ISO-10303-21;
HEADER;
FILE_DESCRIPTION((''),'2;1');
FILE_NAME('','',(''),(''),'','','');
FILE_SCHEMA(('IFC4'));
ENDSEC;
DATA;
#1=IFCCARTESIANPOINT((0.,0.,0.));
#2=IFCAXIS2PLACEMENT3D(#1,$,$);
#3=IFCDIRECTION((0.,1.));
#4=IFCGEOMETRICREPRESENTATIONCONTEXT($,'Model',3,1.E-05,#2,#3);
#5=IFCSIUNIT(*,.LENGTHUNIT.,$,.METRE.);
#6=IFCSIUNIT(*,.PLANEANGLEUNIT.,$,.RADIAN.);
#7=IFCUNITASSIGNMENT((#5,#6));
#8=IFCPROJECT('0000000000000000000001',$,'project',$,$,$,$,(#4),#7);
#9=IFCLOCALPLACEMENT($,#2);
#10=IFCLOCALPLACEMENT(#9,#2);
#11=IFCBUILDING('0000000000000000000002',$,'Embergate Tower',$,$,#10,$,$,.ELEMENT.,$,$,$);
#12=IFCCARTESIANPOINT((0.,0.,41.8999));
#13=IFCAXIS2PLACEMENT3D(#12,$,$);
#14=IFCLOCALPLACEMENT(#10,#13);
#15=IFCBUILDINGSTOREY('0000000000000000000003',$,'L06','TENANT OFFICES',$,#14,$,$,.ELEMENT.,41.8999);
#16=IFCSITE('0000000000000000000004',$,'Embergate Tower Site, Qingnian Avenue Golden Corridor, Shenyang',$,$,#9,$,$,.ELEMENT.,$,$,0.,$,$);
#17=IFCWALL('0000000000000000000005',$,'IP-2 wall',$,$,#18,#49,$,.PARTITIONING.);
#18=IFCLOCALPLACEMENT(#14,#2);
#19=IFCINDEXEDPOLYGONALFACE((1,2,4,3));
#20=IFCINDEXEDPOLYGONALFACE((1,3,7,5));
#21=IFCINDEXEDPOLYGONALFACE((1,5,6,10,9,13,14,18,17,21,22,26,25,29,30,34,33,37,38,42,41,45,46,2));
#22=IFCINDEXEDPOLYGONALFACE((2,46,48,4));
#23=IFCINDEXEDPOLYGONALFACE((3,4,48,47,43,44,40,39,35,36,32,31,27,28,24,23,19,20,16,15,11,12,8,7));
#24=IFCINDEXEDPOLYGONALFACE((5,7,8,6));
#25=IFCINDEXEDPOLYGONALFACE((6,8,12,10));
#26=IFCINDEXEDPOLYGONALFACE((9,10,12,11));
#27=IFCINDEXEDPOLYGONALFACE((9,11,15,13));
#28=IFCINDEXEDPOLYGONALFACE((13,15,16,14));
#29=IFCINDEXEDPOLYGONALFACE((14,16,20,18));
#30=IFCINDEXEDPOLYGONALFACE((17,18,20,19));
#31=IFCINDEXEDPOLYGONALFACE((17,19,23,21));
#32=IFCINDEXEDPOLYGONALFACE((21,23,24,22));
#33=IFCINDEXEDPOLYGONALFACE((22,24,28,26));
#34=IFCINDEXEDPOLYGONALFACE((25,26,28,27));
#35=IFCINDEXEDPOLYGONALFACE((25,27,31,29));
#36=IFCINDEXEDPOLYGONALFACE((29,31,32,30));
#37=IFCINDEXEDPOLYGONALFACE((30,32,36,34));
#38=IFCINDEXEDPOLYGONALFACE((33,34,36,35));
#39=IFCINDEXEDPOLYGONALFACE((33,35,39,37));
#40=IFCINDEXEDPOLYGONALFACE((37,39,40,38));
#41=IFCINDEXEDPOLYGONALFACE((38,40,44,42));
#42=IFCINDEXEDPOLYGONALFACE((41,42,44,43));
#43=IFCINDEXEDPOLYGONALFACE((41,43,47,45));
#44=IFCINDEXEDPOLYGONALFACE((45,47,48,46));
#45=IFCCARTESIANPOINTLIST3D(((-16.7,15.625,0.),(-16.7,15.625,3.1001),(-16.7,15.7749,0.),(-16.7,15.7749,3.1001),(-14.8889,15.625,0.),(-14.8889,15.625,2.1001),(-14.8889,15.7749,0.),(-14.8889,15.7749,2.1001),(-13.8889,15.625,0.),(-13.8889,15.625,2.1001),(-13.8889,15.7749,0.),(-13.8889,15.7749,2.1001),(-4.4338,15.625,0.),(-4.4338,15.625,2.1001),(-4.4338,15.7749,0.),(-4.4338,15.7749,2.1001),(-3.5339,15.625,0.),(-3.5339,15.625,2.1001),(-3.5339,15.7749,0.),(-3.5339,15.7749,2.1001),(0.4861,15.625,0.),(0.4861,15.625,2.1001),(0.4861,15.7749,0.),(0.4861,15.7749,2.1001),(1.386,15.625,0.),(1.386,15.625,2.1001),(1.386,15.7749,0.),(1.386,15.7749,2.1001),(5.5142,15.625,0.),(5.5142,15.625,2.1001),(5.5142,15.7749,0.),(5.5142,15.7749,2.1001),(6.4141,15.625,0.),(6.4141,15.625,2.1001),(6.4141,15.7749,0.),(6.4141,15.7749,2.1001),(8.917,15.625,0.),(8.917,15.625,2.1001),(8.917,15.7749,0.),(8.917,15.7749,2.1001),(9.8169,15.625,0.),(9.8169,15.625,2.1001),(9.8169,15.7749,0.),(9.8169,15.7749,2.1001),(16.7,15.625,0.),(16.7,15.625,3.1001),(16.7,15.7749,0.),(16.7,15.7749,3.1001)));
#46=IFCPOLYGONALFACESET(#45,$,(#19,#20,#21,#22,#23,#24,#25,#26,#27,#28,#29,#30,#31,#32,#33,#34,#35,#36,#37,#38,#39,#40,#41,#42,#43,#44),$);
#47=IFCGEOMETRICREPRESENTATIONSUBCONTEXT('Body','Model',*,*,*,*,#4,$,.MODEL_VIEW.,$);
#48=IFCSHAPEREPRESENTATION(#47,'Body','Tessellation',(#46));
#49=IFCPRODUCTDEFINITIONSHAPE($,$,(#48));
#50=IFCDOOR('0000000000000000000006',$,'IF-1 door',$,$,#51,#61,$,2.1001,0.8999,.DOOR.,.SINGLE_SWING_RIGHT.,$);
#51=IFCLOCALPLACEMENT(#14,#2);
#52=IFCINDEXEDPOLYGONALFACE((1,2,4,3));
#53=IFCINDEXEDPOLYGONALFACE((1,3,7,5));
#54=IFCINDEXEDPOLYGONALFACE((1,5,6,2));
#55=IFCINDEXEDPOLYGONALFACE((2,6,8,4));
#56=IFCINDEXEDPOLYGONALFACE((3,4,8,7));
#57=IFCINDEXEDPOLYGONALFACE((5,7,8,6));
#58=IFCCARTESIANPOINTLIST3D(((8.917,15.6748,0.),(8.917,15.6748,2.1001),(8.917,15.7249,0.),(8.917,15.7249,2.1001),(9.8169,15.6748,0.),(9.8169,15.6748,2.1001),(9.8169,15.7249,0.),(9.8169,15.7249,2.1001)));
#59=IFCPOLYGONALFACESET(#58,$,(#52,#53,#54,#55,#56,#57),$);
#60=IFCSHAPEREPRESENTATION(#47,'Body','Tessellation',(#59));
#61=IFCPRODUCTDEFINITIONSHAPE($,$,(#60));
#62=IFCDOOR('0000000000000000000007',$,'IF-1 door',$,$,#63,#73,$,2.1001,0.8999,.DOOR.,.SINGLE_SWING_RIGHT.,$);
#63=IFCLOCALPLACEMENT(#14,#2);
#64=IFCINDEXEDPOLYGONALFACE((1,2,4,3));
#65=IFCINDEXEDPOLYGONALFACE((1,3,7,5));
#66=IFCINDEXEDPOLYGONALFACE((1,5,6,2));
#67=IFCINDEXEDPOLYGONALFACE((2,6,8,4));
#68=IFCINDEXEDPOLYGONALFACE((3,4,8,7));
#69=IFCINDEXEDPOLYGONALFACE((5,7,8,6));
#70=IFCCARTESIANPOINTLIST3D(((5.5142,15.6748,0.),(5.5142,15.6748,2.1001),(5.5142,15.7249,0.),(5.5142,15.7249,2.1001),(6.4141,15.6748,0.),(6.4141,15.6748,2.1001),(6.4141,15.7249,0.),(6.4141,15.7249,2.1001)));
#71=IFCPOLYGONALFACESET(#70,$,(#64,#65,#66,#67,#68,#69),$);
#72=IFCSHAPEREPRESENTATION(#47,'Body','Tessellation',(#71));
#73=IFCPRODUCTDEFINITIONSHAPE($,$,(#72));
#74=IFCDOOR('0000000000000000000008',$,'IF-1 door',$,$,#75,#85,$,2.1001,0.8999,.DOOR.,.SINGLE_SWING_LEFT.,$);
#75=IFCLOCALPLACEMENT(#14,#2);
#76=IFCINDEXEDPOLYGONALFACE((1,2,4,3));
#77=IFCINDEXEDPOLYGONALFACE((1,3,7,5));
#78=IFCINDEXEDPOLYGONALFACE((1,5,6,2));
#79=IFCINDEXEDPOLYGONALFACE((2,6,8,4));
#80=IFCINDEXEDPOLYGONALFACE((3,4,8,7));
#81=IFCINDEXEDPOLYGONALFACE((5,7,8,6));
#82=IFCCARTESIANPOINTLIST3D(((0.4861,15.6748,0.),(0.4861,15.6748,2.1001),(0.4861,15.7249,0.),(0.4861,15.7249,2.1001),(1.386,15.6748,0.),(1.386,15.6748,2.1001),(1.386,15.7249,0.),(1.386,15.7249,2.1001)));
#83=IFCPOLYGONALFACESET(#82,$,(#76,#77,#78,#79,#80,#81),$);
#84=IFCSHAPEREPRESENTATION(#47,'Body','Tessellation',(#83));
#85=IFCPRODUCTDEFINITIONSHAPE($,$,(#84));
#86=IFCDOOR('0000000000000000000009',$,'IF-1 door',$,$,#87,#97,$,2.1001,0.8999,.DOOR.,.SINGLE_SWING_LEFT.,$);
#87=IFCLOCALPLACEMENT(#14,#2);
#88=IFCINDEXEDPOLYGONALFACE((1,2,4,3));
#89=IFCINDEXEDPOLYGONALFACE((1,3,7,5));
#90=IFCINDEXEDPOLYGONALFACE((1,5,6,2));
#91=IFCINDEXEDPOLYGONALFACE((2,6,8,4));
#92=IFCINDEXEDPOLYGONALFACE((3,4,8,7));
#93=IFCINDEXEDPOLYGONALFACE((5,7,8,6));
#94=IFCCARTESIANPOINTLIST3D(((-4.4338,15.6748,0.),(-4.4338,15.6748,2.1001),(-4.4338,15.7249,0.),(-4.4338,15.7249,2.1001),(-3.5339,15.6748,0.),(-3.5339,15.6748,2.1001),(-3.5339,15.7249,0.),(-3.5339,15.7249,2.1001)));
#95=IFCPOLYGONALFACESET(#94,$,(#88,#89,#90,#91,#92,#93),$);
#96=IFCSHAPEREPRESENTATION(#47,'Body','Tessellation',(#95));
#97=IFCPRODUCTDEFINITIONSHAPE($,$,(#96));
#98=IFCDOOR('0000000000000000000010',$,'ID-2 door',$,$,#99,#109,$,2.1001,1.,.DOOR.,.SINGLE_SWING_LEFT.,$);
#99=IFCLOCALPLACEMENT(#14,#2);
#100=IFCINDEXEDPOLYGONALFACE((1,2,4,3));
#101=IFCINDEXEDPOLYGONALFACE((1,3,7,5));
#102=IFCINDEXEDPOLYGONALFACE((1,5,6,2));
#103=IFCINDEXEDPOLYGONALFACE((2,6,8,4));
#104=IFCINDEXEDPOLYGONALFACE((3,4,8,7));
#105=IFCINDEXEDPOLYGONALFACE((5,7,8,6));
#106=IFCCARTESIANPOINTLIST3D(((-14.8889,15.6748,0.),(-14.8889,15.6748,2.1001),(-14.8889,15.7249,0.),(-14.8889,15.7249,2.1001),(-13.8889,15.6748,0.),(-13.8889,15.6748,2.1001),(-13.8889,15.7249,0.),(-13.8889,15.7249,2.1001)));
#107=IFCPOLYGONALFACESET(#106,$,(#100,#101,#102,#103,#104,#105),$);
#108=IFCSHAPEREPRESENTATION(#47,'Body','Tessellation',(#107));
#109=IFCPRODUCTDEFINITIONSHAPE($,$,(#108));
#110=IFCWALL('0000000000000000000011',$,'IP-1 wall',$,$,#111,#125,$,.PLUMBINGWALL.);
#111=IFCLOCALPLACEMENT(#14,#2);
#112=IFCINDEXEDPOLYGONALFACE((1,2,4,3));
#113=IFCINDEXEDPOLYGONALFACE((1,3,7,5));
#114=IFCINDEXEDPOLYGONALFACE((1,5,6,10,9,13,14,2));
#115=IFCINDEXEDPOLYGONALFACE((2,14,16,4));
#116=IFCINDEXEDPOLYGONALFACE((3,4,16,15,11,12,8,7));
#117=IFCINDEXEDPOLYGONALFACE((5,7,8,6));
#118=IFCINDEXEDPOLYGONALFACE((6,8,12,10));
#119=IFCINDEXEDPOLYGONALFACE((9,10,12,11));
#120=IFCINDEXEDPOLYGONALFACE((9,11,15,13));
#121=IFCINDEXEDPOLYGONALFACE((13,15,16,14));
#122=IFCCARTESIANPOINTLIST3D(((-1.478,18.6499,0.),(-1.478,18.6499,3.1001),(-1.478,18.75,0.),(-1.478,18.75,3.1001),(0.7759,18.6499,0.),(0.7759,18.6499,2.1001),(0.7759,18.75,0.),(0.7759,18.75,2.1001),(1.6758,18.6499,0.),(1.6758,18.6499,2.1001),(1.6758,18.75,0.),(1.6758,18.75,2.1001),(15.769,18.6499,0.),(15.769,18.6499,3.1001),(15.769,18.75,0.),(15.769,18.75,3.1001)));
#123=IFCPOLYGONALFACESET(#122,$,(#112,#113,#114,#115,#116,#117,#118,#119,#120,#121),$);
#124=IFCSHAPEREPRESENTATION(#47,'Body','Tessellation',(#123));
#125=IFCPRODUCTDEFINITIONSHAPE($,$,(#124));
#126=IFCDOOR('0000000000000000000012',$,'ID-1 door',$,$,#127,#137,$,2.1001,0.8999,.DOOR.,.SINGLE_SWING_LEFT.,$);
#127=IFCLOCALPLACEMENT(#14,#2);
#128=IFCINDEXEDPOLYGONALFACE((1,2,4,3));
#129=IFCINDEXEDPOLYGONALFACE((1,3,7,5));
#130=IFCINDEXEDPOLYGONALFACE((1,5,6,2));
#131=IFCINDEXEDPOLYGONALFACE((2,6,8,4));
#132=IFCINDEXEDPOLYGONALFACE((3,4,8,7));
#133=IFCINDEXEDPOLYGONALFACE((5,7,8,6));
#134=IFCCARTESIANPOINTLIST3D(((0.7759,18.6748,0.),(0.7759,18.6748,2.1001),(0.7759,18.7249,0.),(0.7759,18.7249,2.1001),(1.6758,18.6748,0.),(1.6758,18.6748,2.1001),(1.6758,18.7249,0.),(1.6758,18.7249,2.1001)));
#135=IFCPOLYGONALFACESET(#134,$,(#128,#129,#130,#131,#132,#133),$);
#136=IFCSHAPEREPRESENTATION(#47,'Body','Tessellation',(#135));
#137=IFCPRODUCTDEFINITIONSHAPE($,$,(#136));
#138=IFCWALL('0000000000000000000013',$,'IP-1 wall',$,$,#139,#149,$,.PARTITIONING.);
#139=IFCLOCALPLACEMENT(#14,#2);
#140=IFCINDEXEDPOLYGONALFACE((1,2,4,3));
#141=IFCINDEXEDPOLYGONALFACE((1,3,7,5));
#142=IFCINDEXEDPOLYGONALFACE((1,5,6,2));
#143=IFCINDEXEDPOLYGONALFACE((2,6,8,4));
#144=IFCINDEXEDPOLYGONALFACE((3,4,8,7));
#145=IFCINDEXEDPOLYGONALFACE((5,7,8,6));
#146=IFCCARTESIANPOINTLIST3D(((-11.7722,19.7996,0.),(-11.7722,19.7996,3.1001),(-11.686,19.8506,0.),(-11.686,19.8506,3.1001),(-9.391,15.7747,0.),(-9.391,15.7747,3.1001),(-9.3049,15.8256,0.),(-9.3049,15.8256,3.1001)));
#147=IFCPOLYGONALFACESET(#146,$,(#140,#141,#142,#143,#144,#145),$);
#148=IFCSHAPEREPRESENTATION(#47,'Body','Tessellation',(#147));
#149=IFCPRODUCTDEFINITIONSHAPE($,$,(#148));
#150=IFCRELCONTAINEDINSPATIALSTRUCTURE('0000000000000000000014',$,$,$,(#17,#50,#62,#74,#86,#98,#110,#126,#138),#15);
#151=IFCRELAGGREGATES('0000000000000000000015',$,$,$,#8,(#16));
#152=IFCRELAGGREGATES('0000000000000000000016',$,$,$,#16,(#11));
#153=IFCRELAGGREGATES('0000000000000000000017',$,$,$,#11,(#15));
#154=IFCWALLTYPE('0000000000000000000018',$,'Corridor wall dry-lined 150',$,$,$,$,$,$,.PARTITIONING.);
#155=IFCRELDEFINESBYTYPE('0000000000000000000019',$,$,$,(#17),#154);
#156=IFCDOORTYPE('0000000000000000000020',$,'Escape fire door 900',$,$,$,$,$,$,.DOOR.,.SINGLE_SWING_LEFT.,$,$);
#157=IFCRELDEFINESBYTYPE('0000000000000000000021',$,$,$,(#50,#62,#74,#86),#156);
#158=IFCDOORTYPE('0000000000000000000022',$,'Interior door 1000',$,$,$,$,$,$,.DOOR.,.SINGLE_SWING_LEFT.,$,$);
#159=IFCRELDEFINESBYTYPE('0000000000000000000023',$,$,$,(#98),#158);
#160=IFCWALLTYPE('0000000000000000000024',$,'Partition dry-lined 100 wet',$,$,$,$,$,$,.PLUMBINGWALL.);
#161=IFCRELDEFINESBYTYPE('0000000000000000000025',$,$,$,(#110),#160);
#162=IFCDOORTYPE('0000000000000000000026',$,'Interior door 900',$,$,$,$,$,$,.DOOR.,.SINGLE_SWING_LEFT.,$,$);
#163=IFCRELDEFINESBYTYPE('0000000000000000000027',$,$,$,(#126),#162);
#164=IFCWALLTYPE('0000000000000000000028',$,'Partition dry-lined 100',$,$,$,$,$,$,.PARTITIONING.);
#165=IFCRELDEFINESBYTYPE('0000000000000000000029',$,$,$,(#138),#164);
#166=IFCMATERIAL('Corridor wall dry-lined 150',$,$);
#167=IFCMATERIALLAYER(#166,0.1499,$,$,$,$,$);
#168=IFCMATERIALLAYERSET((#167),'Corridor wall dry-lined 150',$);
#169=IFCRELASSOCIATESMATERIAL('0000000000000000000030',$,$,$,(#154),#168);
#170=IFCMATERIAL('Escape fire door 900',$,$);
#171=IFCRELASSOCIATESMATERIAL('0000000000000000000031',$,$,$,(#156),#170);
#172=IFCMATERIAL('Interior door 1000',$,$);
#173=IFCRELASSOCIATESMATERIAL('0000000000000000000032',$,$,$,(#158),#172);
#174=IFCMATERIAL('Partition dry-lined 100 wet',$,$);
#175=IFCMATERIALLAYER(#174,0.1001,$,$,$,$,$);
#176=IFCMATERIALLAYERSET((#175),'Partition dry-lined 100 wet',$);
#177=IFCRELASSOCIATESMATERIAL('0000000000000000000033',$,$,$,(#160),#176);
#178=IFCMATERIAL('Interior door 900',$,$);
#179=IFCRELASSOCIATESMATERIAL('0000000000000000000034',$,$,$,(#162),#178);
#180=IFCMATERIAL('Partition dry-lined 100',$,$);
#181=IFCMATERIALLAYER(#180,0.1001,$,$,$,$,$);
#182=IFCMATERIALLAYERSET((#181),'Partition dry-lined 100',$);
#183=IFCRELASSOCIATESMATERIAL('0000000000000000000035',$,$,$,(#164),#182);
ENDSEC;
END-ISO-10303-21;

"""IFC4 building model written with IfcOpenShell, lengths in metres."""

from ifc_helpers import new_model, si_unit, direction, frame, frame_2d, origin, place, context, subcontext, project, spatial, rectangle, extrude, source, transform, mapped, material, layer, layer_set, type_object, element, fill, save


model = new_model("IFC4")

# Units and contexts
model_context = context("Model", 3, precision=1e-05, world=origin(), true_north=direction((0.0, 1.0)))
body_context = subcontext(model_context, "Body", "Model", "MODEL_VIEW")
ifc_project = project(units=[si_unit("LENGTHUNIT", "METRE"), si_unit("PLANEANGLEUNIT", "RADIAN")], contexts=[model_context])

# Site, building, storey
site_placement = place(None, origin())
site = spatial("IfcSite", under=ifc_project, at=site_placement, Name="Embergate Tower Site, Qingnian Avenue Golden Corridor, Shenyang", CompositionType="ELEMENT", RefElevation=0.0)
building_placement = place(site_placement, origin())
building = spatial("IfcBuilding", under=site, at=building_placement, Name="Embergate Tower", CompositionType="ELEMENT")
storey_placement = place(building_placement, frame((0.0, 0.0, 41.8999)))
storey = spatial("IfcBuildingStorey", under=building, at=storey_placement, Name="L06", Description="TENANT OFFICES", CompositionType="ELEMENT", Elevation=41.8999)

# Wall, openings, doors
ifc_material_1 = material(Name="Corridor wall dry-lined 150")
ifc_layer_1 = layer(ifc_material_1, 0.1499)
ifc_layer_set_1 = layer_set([ifc_layer_1], Name="Corridor wall dry-lined 150")
wall_type_1 = type_object("IfcWallType", Name="Corridor wall dry-lined 150", PredefinedType="PARTITIONING", material=ifc_layer_set_1)
shared_shape_1 = source(origin(), body_context, "Body", "SweptSolid", [
    extrude(rectangle(XDim=33.3999, YDim=0.1499, at=frame_2d((16.7, 0.0))), origin(), (0.0, 0.0, 1.0), 3.1001),
])
wall_1_placement = place(storey_placement, frame((-16.7, 15.7, 0.0), z_axis=(0.0, 0.0, 1.0), x_axis=(1.0, 0.0, 0.0)))
wall_1 = element("IfcWall", 1, at=wall_1_placement, inside=storey, type_object=wall_type_1, Name="IP-2 wall", PredefinedType="PARTITIONING", context=body_context, shape_type="MappedRepresentation", body=[
    mapped(shared_shape_1, transform((0.0, 0.0, 0.0))),
])
shared_shape_2 = source(origin(), body_context, "Body", "SweptSolid", [
    extrude(rectangle(XDim=0.8999, YDim=2.1001, at=frame_2d((0.45, 1.05))), frame((0.0, 0.085, 0.0), z_axis=(0.0, -1.0, 0.0), x_axis=(1.0, 0.0, 0.0)), (0.0, 0.0, 1.0), 0.1699),
])
opening_1_placement = place(wall_1_placement, frame((25.6169, 0.0, 0.0)))
opening_1 = element("IfcOpeningElement", 2, at=opening_1_placement, cuts=wall_1, PredefinedType="OPENING", context=body_context, shape_type="MappedRepresentation", body=[
    mapped(shared_shape_2, transform((0.0, 0.0, 0.0))),
])
opening_2_placement = place(wall_1_placement, frame((22.2141, 0.0, 0.0)))
opening_2 = element("IfcOpeningElement", 3, at=opening_2_placement, cuts=wall_1, PredefinedType="OPENING", context=body_context, shape_type="MappedRepresentation", body=[
    mapped(shared_shape_2, transform((0.0, 0.0, 0.0))),
])
opening_3_placement = place(wall_1_placement, frame((17.186, 0.0, 0.0)))
opening_3 = element("IfcOpeningElement", 4, at=opening_3_placement, cuts=wall_1, PredefinedType="OPENING", context=body_context, shape_type="MappedRepresentation", body=[
    mapped(shared_shape_2, transform((0.0, 0.0, 0.0))),
])
opening_4_placement = place(wall_1_placement, frame((12.2661, 0.0, 0.0)))
opening_4 = element("IfcOpeningElement", 5, at=opening_4_placement, cuts=wall_1, PredefinedType="OPENING", context=body_context, shape_type="MappedRepresentation", body=[
    mapped(shared_shape_2, transform((0.0, 0.0, 0.0))),
])
shared_shape_3 = source(origin(), body_context, "Body", "SweptSolid", [
    extrude(rectangle(XDim=1.0, YDim=2.1001, at=frame_2d((0.5, 1.05))), frame((0.0, 0.085, 0.0), z_axis=(0.0, -1.0, 0.0), x_axis=(1.0, 0.0, 0.0)), (0.0, 0.0, 1.0), 0.1699),
])
opening_5_placement = place(wall_1_placement, frame((1.811, 0.0, 0.0)))
opening_5 = element("IfcOpeningElement", 6, at=opening_5_placement, cuts=wall_1, PredefinedType="OPENING", context=body_context, shape_type="MappedRepresentation", body=[
    mapped(shared_shape_3, transform((0.0, 0.0, 0.0))),
])
ifc_material_2 = material(Name="Escape fire door 900")
door_type_1 = type_object("IfcDoorType", Name="Escape fire door 900", OperationType="SINGLE_SWING_LEFT", PredefinedType="DOOR", material=ifc_material_2)
shared_shape_4 = source(origin(), body_context, "Body", "SweptSolid", [
    extrude(rectangle(XDim=0.8999, YDim=2.1001, at=frame_2d((0.45, 1.05))), frame((0.0, 0.0249, 0.0), z_axis=(0.0, -1.0, 0.0), x_axis=(1.0, 0.0, 0.0)), (0.0, 0.0, 1.0), 0.05),
])
door_1_placement = place(opening_1_placement, origin())
door_1 = element("IfcDoor", 7, at=door_1_placement, inside=storey, type_object=door_type_1, Name="IF-1 door", OperationType="SINGLE_SWING_RIGHT", OverallHeight=2.1001, OverallWidth=0.8999, PredefinedType="DOOR", context=body_context, shape_type="MappedRepresentation", body=[
    mapped(shared_shape_4, transform((0.0, 0.0, 0.0))),
])
fill(opening_1, door_1)
door_2_placement = place(opening_2_placement, origin())
door_2 = element("IfcDoor", 8, at=door_2_placement, inside=storey, type_object=door_type_1, Name="IF-1 door", OperationType="SINGLE_SWING_RIGHT", OverallHeight=2.1001, OverallWidth=0.8999, PredefinedType="DOOR", context=body_context, shape_type="MappedRepresentation", body=[
    mapped(shared_shape_4, transform((0.0, 0.0, 0.0))),
])
fill(opening_2, door_2)
door_3_placement = place(opening_3_placement, origin())
door_3 = element("IfcDoor", 9, at=door_3_placement, inside=storey, type_object=door_type_1, Name="IF-1 door", OperationType="SINGLE_SWING_LEFT", OverallHeight=2.1001, OverallWidth=0.8999, PredefinedType="DOOR", context=body_context, shape_type="MappedRepresentation", body=[
    mapped(shared_shape_4, transform((0.0, 0.0, 0.0))),
])
fill(opening_3, door_3)
door_4_placement = place(opening_4_placement, origin())
door_4 = element("IfcDoor", 10, at=door_4_placement, inside=storey, type_object=door_type_1, Name="IF-1 door", OperationType="SINGLE_SWING_LEFT", OverallHeight=2.1001, OverallWidth=0.8999, PredefinedType="DOOR", context=body_context, shape_type="MappedRepresentation", body=[
    mapped(shared_shape_4, transform((0.0, 0.0, 0.0))),
])
fill(opening_4, door_4)
ifc_material_3 = material(Name="Interior door 1000")
door_type_2 = type_object("IfcDoorType", Name="Interior door 1000", OperationType="SINGLE_SWING_LEFT", PredefinedType="DOOR", material=ifc_material_3)
shared_shape_5 = source(origin(), body_context, "Body", "SweptSolid", [
    extrude(rectangle(XDim=1.0, YDim=2.1001, at=frame_2d((0.5, 1.05))), frame((0.0, 0.0249, 0.0), z_axis=(0.0, -1.0, 0.0), x_axis=(1.0, 0.0, 0.0)), (0.0, 0.0, 1.0), 0.05),
])
door_5_placement = place(opening_5_placement, origin())
door_5 = element("IfcDoor", 11, at=door_5_placement, inside=storey, type_object=door_type_2, Name="ID-2 door", OperationType="SINGLE_SWING_LEFT", OverallHeight=2.1001, OverallWidth=1.0, PredefinedType="DOOR", context=body_context, shape_type="MappedRepresentation", body=[
    mapped(shared_shape_5, transform((0.0, 0.0, 0.0))),
])
fill(opening_5, door_5)

# Wall, opening, door
ifc_material_4 = material(Name="Partition dry-lined 100 wet")
ifc_layer_2 = layer(ifc_material_4, 0.1001)
ifc_layer_set_2 = layer_set([ifc_layer_2], Name="Partition dry-lined 100 wet")
wall_type_2 = type_object("IfcWallType", Name="Partition dry-lined 100 wet", PredefinedType="PLUMBINGWALL", material=ifc_layer_set_2)
shared_shape_6 = source(origin(), body_context, "Body", "SweptSolid", [
    extrude(rectangle(XDim=17.2471, YDim=0.1001, at=frame_2d((8.6235, 0.0))), origin(), (0.0, 0.0, 1.0), 3.1001),
])
wall_2_placement = place(storey_placement, frame((-1.478, 18.7, 0.0), z_axis=(0.0, 0.0, 1.0), x_axis=(1.0, 0.0, 0.0)))
wall_2 = element("IfcWall", 12, at=wall_2_placement, inside=storey, type_object=wall_type_2, Name="IP-1 wall", PredefinedType="PLUMBINGWALL", context=body_context, shape_type="MappedRepresentation", body=[
    mapped(shared_shape_6, transform((0.0, 0.0, 0.0))),
])
shared_shape_7 = source(origin(), body_context, "Body", "SweptSolid", [
    extrude(rectangle(XDim=0.8999, YDim=2.1001, at=frame_2d((0.45, 1.05))), frame((0.0, 0.0601, 0.0), z_axis=(0.0, -1.0, 0.0), x_axis=(1.0, 0.0, 0.0)), (0.0, 0.0, 1.0), 0.1201),
])
opening_6_placement = place(wall_2_placement, frame((2.2539, 0.0, 0.0)))
opening_6 = element("IfcOpeningElement", 13, at=opening_6_placement, cuts=wall_2, PredefinedType="OPENING", context=body_context, shape_type="MappedRepresentation", body=[
    mapped(shared_shape_7, transform((0.0, 0.0, 0.0))),
])
ifc_material_5 = material(Name="Interior door 900")
door_type_3 = type_object("IfcDoorType", Name="Interior door 900", OperationType="SINGLE_SWING_LEFT", PredefinedType="DOOR", material=ifc_material_5)
door_6_placement = place(opening_6_placement, origin())
door_6 = element("IfcDoor", 14, at=door_6_placement, inside=storey, type_object=door_type_3, Name="ID-1 door", OperationType="SINGLE_SWING_LEFT", OverallHeight=2.1001, OverallWidth=0.8999, PredefinedType="DOOR", context=body_context, shape_type="MappedRepresentation", body=[
    mapped(shared_shape_4, transform((0.0, 0.0, 0.0))),
])
fill(opening_6, door_6)

# Wall
ifc_material_6 = material(Name="Partition dry-lined 100")
ifc_layer_3 = layer(ifc_material_6, 0.1001)
ifc_layer_set_3 = layer_set([ifc_layer_3], Name="Partition dry-lined 100")
wall_type_3 = type_object("IfcWallType", Name="Partition dry-lined 100", PredefinedType="PARTITIONING", material=ifc_layer_set_3)
shared_shape_8 = source(origin(), body_context, "Body", "SweptSolid", [
    extrude(rectangle(XDim=4.6765, YDim=0.1001, at=frame_2d((2.3384, 0.0))), origin(), (0.0, 0.0, 1.0), 3.1001),
])
wall_3_placement = place(storey_placement, frame((-9.3479, 15.8, 0.0), z_axis=(0.0, 0.0, 1.0), x_axis=(-0.509165, 0.860669, 0.0)))
element("IfcWall", 15, at=wall_3_placement, inside=storey, type_object=wall_type_3, Name="IP-1 wall", PredefinedType="PARTITIONING", context=body_context, shape_type="MappedRepresentation", body=[
    mapped(shared_shape_8, transform((0.0, 0.0, 0.0))),
])

save(model, "model.ifc")
